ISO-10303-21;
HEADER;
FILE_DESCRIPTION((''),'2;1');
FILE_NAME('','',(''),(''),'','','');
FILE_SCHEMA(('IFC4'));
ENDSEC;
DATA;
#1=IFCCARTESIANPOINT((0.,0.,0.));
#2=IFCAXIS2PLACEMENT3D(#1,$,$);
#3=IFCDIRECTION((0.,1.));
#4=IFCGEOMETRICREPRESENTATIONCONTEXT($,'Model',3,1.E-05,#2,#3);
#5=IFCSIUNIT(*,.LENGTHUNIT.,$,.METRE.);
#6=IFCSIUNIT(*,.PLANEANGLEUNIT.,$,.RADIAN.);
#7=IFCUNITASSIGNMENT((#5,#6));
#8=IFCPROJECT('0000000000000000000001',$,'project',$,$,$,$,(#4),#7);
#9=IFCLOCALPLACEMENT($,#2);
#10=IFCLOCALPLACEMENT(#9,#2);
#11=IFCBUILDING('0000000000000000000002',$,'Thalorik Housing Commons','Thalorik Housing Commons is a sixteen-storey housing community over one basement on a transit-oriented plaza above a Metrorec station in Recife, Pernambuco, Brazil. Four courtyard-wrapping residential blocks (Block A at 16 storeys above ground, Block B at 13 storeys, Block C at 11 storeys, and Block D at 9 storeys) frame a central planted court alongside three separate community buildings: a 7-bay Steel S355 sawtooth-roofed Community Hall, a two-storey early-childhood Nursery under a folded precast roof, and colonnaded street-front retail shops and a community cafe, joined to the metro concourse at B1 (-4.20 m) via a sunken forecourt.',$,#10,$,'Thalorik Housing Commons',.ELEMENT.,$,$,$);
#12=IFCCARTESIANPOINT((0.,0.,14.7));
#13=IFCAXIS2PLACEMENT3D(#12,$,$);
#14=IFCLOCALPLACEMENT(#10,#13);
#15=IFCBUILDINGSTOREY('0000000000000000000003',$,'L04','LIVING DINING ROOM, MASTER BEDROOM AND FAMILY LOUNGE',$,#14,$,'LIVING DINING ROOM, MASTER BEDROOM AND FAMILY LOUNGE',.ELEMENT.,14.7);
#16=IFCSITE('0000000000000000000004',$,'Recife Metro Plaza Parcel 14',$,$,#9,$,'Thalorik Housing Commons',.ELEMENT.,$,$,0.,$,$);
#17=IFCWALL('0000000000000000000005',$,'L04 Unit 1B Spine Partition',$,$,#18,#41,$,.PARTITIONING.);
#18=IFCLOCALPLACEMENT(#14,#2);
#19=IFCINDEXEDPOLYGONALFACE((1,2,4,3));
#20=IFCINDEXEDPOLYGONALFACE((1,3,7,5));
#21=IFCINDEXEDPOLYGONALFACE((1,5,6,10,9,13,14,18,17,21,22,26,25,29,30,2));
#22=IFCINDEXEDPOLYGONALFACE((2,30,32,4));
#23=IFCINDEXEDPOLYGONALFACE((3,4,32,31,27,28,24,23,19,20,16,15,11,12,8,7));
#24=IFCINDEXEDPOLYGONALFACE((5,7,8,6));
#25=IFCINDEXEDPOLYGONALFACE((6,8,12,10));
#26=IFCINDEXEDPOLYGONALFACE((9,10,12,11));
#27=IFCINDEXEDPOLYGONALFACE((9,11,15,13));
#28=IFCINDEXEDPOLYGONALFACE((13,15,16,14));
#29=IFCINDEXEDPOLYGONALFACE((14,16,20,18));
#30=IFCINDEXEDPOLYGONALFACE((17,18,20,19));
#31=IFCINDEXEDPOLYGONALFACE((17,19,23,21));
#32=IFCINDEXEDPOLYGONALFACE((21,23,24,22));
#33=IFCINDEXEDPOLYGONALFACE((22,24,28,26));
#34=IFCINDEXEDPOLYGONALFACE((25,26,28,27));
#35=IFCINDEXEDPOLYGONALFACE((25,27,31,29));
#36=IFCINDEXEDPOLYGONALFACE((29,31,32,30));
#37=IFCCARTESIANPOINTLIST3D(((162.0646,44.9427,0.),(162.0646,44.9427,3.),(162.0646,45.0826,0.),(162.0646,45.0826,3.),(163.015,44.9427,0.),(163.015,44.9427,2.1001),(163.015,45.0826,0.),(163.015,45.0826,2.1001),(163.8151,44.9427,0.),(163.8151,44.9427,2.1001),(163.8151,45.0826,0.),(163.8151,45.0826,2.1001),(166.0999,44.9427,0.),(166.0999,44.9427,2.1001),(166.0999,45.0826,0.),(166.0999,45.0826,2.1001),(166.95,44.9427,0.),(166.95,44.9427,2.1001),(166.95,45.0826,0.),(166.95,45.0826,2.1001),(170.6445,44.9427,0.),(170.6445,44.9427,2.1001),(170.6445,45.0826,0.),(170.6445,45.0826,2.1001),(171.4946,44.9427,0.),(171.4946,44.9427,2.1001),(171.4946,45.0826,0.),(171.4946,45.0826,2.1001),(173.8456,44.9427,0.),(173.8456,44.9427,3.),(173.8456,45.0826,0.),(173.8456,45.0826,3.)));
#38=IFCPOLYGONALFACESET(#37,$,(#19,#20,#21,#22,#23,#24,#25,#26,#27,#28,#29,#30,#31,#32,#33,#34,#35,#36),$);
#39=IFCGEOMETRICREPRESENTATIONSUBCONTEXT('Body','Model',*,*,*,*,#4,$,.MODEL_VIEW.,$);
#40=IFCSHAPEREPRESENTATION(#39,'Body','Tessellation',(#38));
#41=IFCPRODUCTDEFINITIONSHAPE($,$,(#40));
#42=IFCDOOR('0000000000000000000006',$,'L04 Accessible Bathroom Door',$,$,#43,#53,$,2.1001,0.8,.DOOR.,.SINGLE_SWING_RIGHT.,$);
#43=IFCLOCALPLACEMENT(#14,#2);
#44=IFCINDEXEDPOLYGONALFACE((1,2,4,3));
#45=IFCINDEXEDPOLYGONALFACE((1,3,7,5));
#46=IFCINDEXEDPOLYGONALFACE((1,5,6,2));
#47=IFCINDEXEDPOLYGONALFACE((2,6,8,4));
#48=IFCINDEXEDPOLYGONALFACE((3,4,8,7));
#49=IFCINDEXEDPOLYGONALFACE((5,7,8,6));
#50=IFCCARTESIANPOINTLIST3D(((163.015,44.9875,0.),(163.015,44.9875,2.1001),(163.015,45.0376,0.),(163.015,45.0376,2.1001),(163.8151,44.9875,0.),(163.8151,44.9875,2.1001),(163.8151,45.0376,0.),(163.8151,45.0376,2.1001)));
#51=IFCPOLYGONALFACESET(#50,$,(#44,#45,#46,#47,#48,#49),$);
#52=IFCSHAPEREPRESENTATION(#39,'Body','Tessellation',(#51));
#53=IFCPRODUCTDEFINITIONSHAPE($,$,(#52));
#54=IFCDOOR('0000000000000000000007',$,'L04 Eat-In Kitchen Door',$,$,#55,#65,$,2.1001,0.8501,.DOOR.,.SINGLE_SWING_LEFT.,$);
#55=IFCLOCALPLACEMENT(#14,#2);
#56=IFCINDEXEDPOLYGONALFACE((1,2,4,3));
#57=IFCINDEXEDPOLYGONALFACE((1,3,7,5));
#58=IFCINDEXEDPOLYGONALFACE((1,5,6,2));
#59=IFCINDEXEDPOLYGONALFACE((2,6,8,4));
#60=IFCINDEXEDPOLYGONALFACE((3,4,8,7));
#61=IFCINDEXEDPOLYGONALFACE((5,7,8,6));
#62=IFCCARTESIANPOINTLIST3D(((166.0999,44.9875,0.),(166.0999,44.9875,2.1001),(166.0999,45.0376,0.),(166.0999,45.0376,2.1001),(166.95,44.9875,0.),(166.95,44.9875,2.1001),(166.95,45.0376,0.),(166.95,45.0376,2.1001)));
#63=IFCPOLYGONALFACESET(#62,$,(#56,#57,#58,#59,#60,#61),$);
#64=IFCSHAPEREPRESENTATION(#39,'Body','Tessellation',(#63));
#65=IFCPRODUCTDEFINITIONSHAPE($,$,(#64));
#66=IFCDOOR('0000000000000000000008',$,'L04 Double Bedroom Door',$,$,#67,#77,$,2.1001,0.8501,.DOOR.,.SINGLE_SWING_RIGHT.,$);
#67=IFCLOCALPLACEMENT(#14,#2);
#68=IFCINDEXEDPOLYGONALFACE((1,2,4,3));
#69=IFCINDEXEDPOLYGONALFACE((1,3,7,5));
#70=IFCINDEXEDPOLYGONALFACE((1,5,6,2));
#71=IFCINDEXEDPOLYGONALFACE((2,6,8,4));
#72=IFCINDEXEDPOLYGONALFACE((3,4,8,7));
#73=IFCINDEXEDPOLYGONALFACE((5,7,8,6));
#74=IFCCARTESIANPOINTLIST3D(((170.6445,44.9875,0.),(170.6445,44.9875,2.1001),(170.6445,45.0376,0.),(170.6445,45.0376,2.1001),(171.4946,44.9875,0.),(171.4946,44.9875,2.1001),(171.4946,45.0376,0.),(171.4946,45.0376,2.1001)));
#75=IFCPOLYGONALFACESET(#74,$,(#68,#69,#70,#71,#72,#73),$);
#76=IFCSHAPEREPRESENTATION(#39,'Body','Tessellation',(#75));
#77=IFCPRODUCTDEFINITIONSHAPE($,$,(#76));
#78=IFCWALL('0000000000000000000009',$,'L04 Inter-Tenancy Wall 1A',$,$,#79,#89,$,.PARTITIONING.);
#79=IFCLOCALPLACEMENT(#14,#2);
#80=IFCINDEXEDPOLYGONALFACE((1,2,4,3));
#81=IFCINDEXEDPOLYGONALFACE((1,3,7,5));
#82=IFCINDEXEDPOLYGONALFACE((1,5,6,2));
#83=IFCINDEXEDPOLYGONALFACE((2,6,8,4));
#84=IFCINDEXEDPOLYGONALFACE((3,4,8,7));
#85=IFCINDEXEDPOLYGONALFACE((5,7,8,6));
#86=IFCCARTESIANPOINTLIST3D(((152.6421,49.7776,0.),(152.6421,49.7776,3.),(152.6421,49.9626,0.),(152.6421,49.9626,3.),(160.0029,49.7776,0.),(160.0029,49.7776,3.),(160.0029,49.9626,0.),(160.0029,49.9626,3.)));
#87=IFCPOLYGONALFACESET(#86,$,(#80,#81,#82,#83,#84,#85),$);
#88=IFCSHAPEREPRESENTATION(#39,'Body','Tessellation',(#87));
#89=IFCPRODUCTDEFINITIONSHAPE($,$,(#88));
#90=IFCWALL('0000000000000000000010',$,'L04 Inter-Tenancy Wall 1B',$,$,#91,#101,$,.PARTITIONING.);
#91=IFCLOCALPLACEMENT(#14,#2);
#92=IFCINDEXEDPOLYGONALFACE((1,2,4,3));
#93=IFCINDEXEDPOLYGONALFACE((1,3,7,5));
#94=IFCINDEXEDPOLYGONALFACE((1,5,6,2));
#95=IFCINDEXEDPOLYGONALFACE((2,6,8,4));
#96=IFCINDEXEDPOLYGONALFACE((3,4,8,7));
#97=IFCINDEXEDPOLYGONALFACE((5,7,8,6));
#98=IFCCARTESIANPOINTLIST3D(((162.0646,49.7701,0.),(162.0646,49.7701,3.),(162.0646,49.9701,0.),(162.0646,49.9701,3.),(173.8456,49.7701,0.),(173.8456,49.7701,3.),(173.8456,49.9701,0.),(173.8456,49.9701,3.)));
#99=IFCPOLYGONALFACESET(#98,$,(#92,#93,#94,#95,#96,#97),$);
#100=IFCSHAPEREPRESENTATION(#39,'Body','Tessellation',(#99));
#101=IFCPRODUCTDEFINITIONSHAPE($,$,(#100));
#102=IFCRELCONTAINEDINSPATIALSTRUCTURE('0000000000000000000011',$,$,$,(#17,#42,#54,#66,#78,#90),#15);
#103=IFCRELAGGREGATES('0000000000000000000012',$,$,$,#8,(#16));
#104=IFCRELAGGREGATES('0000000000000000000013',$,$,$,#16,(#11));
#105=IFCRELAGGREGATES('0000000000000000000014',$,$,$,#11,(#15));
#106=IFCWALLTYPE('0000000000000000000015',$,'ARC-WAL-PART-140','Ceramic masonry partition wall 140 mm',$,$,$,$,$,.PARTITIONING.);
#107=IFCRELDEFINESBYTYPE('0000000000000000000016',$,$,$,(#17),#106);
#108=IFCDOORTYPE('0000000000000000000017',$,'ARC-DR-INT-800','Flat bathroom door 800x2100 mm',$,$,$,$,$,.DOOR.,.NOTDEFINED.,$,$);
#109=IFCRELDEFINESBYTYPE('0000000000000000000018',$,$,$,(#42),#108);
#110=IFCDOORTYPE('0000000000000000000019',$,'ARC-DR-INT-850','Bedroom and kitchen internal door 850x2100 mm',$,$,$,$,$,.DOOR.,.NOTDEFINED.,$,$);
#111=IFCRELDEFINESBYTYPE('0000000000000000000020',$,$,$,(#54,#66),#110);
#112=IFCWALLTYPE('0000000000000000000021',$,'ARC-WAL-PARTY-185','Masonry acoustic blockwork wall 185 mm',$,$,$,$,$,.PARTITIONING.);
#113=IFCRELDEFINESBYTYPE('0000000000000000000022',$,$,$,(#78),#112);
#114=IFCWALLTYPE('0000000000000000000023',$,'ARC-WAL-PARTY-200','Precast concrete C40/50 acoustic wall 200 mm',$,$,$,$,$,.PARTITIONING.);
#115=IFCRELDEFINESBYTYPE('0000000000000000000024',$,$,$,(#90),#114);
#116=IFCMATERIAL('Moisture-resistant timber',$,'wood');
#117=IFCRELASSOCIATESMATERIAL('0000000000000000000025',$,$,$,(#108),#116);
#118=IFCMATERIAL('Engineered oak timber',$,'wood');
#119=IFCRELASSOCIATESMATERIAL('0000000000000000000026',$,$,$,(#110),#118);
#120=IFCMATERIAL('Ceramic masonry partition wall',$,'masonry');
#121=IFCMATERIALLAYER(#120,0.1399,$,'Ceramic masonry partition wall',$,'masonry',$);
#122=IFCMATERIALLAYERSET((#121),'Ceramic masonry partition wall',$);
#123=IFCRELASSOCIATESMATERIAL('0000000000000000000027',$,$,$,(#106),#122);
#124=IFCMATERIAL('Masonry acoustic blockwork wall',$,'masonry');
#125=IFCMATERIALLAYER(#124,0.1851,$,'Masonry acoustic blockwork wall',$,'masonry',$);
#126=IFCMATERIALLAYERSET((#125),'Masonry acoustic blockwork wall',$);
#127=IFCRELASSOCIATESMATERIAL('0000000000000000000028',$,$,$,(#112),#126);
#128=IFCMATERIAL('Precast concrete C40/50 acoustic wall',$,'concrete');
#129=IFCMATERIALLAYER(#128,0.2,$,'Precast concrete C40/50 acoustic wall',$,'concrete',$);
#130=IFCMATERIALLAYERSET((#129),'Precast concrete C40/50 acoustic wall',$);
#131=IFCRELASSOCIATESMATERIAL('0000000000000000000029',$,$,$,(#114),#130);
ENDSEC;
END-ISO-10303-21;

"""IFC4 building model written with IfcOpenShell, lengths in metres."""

from ifc_helpers import new_model, si_unit, direction, frame, frame_2d, origin, place, context, subcontext, project, spatial, rectangle, extrude, material, layer, layer_set, type_object, element, fill, save


model = new_model("IFC4")

# Units and contexts
model_context = context("Model", 3, precision=1e-05, world=origin(), true_north=direction((0.0, 1.0)))
body_context = subcontext(model_context, "Body", "Model", "MODEL_VIEW")
ifc_project = project(units=[si_unit("LENGTHUNIT", "METRE"), si_unit("PLANEANGLEUNIT", "RADIAN")], contexts=[model_context])

# Site, building, storey
site_placement = place(None, origin())
site = spatial("IfcSite", under=ifc_project, at=site_placement, Name="Recife Metro Plaza Parcel 14", LongName="Thalorik Housing Commons", CompositionType="ELEMENT", RefElevation=0.0)
building_placement = place(site_placement, origin())
building = spatial("IfcBuilding", under=site, at=building_placement, Name="Thalorik Housing Commons", Description="Thalorik Housing Commons is a sixteen-storey housing community over one basement on a transit-oriented plaza above a Metrorec station in Recife, Pernambuco, Brazil. Four courtyard-wrapping residential blocks (Block A at 16 storeys above ground, Block B at 13 storeys, Block C at 11 storeys, and Block D at 9 storeys) frame a central planted court alongside three separate community buildings: a 7-bay Steel S355 sawtooth-roofed Community Hall, a two-storey early-childhood Nursery under a folded precast roof, and colonnaded street-front retail shops and a community cafe, joined to the metro concourse at B1 (-4.20 m) via a sunken forecourt.", LongName="Thalorik Housing Commons", CompositionType="ELEMENT")
storey_placement = place(building_placement, frame((0.0, 0.0, 14.7)))
storey = spatial("IfcBuildingStorey", under=building, at=storey_placement, Name="L04", Description="LIVING DINING ROOM, MASTER BEDROOM AND FAMILY LOUNGE", LongName="LIVING DINING ROOM, MASTER BEDROOM AND FAMILY LOUNGE", CompositionType="ELEMENT", Elevation=14.7)

# Wall, openings, doors
ifc_material_1 = material(Name="Moisture-resistant timber", Category="wood")
door_type_1 = type_object("IfcDoorType", Name="ARC-DR-INT-800", Description="Flat bathroom door 800x2100 mm", OperationType="NOTDEFINED", PredefinedType="DOOR", material=ifc_material_1)
ifc_material_2 = material(Name="Engineered oak timber", Category="wood")
door_type_2 = type_object("IfcDoorType", Name="ARC-DR-INT-850", Description="Bedroom and kitchen internal door 850x2100 mm", OperationType="NOTDEFINED", PredefinedType="DOOR", material=ifc_material_2)
ifc_material_3 = material(Name="Ceramic masonry partition wall", Category="masonry")
ifc_layer_1 = layer(ifc_material_3, 0.1399, Name="Ceramic masonry partition wall", Category="masonry")
ifc_layer_set_1 = layer_set([ifc_layer_1], Name="Ceramic masonry partition wall")
wall_type_1 = type_object("IfcWallType", Name="ARC-WAL-PART-140", Description="Ceramic masonry partition wall 140 mm", PredefinedType="PARTITIONING", material=ifc_layer_set_1)
wall_1_placement = place(storey_placement, frame((162.0645, 45.0127, 0.0), z_axis=(0.0, 0.0, 1.0), x_axis=(1.0, 0.0, 0.0)))
wall_1 = element("IfcWall", 1, at=wall_1_placement, inside=storey, type_object=wall_type_1, Name="L04 Unit 1B Spine Partition", PredefinedType="PARTITIONING", context=body_context, shape_type="SweptSolid", body=[
    extrude(rectangle(XDim=11.781, YDim=0.1399, at=frame_2d((5.8906, 0.0))), origin(), (0.0, 0.0, 1.0), 3.0),
])
opening_1_placement = place(wall_1_placement, frame((0.9507, 0.0, 0.0)))
opening_1 = element("IfcOpeningElement", 2, at=opening_1_placement, cuts=wall_1, PredefinedType="OPENING", context=body_context, shape_type="SweptSolid", body=[
    extrude(rectangle(XDim=0.8, YDim=2.1001, at=frame_2d((0.3999, 1.05))), frame((0.0, 0.0801, 0.0), z_axis=(0.0, -1.0, 0.0), x_axis=(1.0, 0.0, 0.0)), (0.0, 0.0, 1.0), 0.1599),
])
opening_2_placement = place(wall_1_placement, frame((4.0354, 0.0, 0.0)))
opening_2 = element("IfcOpeningElement", 3, at=opening_2_placement, cuts=wall_1, PredefinedType="OPENING", context=body_context, shape_type="SweptSolid", body=[
    extrude(rectangle(XDim=0.8501, YDim=2.1001, at=frame_2d((0.425, 1.05))), frame((0.0, 0.0801, 0.0), z_axis=(0.0, -1.0, 0.0), x_axis=(1.0, 0.0, 0.0)), (0.0, 0.0, 1.0), 0.1599),
])
opening_3_placement = place(wall_1_placement, frame((8.5801, 0.0, 0.0)))
opening_3 = element("IfcOpeningElement", 4, at=opening_3_placement, cuts=wall_1, PredefinedType="OPENING", context=body_context, shape_type="SweptSolid", body=[
    extrude(rectangle(XDim=0.8501, YDim=2.1001, at=frame_2d((0.425, 1.05))), frame((0.0, 0.0801, 0.0), z_axis=(0.0, -1.0, 0.0), x_axis=(1.0, 0.0, 0.0)), (0.0, 0.0, 1.0), 0.1599),
])
door_1_placement = place(opening_1_placement, origin())
door_1 = element("IfcDoor", 5, at=door_1_placement, inside=storey, type_object=door_type_1, Name="L04 Accessible Bathroom Door", OperationType="SINGLE_SWING_RIGHT", OverallHeight=2.1001, OverallWidth=0.8, PredefinedType="DOOR", context=body_context, shape_type="SweptSolid", body=[
    extrude(rectangle(XDim=0.8, YDim=2.1001, at=frame_2d((0.3999, 1.05))), frame((0.0, 0.0249, 0.0), z_axis=(0.0, -1.0, 0.0), x_axis=(1.0, 0.0, 0.0)), (0.0, 0.0, 1.0), 0.05),
])
fill(opening_1, door_1)
door_2_placement = place(opening_2_placement, origin())
door_2 = element("IfcDoor", 6, at=door_2_placement, inside=storey, type_object=door_type_2, Name="L04 Eat-In Kitchen Door", OperationType="SINGLE_SWING_LEFT", OverallHeight=2.1001, OverallWidth=0.8501, PredefinedType="DOOR", context=body_context, shape_type="SweptSolid", body=[
    extrude(rectangle(XDim=0.8501, YDim=2.1001, at=frame_2d((0.425, 1.05))), frame((0.0, 0.0249, 0.0), z_axis=(0.0, -1.0, 0.0), x_axis=(1.0, 0.0, 0.0)), (0.0, 0.0, 1.0), 0.05),
])
fill(opening_2, door_2)
door_3_placement = place(opening_3_placement, origin())
door_3 = element("IfcDoor", 7, at=door_3_placement, inside=storey, type_object=door_type_2, Name="L04 Double Bedroom Door", OperationType="SINGLE_SWING_RIGHT", OverallHeight=2.1001, OverallWidth=0.8501, PredefinedType="DOOR", context=body_context, shape_type="SweptSolid", body=[
    extrude(rectangle(XDim=0.8501, YDim=2.1001, at=frame_2d((0.425, 1.05))), frame((0.0, 0.0249, 0.0), z_axis=(0.0, -1.0, 0.0), x_axis=(1.0, 0.0, 0.0)), (0.0, 0.0, 1.0), 0.05),
])
fill(opening_3, door_3)

# Walls
ifc_material_4 = material(Name="Masonry acoustic blockwork wall", Category="masonry")
ifc_layer_2 = layer(ifc_material_4, 0.1851, Name="Masonry acoustic blockwork wall", Category="masonry")
ifc_layer_set_2 = layer_set([ifc_layer_2], Name="Masonry acoustic blockwork wall")
wall_type_2 = type_object("IfcWallType", Name="ARC-WAL-PARTY-185", Description="Masonry acoustic blockwork wall 185 mm", PredefinedType="PARTITIONING", material=ifc_layer_set_2)
wall_2_placement = place(storey_placement, frame((152.6421, 49.8701, 0.0), z_axis=(0.0, 0.0, 1.0), x_axis=(1.0, 0.0, 0.0)))
element("IfcWall", 8, at=wall_2_placement, inside=storey, type_object=wall_type_2, Name="L04 Inter-Tenancy Wall 1A", PredefinedType="PARTITIONING", context=body_context, shape_type="SweptSolid", body=[
    extrude(rectangle(XDim=7.3608, YDim=0.1851, at=frame_2d((3.6804, 0.0))), origin(), (0.0, 0.0, 1.0), 3.0),
])
ifc_material_5 = material(Name="Precast concrete C40/50 acoustic wall", Category="concrete")
ifc_layer_3 = layer(ifc_material_5, 0.2, Name="Precast concrete C40/50 acoustic wall", Category="concrete")
ifc_layer_set_3 = layer_set([ifc_layer_3], Name="Precast concrete C40/50 acoustic wall")
wall_type_3 = type_object("IfcWallType", Name="ARC-WAL-PARTY-200", Description="Precast concrete C40/50 acoustic wall 200 mm", PredefinedType="PARTITIONING", material=ifc_layer_set_3)
wall_3_placement = place(storey_placement, frame((162.0645, 49.8701, 0.0), z_axis=(0.0, 0.0, 1.0), x_axis=(1.0, 0.0, 0.0)))
element("IfcWall", 9, at=wall_3_placement, inside=storey, type_object=wall_type_3, Name="L04 Inter-Tenancy Wall 1B", PredefinedType="PARTITIONING", context=body_context, shape_type="SweptSolid", body=[
    extrude(rectangle(XDim=11.781, YDim=0.2, at=frame_2d((5.8906, 0.0))), origin(), (0.0, 0.0, 1.0), 3.0),
])

save(model, "model.ifc")
